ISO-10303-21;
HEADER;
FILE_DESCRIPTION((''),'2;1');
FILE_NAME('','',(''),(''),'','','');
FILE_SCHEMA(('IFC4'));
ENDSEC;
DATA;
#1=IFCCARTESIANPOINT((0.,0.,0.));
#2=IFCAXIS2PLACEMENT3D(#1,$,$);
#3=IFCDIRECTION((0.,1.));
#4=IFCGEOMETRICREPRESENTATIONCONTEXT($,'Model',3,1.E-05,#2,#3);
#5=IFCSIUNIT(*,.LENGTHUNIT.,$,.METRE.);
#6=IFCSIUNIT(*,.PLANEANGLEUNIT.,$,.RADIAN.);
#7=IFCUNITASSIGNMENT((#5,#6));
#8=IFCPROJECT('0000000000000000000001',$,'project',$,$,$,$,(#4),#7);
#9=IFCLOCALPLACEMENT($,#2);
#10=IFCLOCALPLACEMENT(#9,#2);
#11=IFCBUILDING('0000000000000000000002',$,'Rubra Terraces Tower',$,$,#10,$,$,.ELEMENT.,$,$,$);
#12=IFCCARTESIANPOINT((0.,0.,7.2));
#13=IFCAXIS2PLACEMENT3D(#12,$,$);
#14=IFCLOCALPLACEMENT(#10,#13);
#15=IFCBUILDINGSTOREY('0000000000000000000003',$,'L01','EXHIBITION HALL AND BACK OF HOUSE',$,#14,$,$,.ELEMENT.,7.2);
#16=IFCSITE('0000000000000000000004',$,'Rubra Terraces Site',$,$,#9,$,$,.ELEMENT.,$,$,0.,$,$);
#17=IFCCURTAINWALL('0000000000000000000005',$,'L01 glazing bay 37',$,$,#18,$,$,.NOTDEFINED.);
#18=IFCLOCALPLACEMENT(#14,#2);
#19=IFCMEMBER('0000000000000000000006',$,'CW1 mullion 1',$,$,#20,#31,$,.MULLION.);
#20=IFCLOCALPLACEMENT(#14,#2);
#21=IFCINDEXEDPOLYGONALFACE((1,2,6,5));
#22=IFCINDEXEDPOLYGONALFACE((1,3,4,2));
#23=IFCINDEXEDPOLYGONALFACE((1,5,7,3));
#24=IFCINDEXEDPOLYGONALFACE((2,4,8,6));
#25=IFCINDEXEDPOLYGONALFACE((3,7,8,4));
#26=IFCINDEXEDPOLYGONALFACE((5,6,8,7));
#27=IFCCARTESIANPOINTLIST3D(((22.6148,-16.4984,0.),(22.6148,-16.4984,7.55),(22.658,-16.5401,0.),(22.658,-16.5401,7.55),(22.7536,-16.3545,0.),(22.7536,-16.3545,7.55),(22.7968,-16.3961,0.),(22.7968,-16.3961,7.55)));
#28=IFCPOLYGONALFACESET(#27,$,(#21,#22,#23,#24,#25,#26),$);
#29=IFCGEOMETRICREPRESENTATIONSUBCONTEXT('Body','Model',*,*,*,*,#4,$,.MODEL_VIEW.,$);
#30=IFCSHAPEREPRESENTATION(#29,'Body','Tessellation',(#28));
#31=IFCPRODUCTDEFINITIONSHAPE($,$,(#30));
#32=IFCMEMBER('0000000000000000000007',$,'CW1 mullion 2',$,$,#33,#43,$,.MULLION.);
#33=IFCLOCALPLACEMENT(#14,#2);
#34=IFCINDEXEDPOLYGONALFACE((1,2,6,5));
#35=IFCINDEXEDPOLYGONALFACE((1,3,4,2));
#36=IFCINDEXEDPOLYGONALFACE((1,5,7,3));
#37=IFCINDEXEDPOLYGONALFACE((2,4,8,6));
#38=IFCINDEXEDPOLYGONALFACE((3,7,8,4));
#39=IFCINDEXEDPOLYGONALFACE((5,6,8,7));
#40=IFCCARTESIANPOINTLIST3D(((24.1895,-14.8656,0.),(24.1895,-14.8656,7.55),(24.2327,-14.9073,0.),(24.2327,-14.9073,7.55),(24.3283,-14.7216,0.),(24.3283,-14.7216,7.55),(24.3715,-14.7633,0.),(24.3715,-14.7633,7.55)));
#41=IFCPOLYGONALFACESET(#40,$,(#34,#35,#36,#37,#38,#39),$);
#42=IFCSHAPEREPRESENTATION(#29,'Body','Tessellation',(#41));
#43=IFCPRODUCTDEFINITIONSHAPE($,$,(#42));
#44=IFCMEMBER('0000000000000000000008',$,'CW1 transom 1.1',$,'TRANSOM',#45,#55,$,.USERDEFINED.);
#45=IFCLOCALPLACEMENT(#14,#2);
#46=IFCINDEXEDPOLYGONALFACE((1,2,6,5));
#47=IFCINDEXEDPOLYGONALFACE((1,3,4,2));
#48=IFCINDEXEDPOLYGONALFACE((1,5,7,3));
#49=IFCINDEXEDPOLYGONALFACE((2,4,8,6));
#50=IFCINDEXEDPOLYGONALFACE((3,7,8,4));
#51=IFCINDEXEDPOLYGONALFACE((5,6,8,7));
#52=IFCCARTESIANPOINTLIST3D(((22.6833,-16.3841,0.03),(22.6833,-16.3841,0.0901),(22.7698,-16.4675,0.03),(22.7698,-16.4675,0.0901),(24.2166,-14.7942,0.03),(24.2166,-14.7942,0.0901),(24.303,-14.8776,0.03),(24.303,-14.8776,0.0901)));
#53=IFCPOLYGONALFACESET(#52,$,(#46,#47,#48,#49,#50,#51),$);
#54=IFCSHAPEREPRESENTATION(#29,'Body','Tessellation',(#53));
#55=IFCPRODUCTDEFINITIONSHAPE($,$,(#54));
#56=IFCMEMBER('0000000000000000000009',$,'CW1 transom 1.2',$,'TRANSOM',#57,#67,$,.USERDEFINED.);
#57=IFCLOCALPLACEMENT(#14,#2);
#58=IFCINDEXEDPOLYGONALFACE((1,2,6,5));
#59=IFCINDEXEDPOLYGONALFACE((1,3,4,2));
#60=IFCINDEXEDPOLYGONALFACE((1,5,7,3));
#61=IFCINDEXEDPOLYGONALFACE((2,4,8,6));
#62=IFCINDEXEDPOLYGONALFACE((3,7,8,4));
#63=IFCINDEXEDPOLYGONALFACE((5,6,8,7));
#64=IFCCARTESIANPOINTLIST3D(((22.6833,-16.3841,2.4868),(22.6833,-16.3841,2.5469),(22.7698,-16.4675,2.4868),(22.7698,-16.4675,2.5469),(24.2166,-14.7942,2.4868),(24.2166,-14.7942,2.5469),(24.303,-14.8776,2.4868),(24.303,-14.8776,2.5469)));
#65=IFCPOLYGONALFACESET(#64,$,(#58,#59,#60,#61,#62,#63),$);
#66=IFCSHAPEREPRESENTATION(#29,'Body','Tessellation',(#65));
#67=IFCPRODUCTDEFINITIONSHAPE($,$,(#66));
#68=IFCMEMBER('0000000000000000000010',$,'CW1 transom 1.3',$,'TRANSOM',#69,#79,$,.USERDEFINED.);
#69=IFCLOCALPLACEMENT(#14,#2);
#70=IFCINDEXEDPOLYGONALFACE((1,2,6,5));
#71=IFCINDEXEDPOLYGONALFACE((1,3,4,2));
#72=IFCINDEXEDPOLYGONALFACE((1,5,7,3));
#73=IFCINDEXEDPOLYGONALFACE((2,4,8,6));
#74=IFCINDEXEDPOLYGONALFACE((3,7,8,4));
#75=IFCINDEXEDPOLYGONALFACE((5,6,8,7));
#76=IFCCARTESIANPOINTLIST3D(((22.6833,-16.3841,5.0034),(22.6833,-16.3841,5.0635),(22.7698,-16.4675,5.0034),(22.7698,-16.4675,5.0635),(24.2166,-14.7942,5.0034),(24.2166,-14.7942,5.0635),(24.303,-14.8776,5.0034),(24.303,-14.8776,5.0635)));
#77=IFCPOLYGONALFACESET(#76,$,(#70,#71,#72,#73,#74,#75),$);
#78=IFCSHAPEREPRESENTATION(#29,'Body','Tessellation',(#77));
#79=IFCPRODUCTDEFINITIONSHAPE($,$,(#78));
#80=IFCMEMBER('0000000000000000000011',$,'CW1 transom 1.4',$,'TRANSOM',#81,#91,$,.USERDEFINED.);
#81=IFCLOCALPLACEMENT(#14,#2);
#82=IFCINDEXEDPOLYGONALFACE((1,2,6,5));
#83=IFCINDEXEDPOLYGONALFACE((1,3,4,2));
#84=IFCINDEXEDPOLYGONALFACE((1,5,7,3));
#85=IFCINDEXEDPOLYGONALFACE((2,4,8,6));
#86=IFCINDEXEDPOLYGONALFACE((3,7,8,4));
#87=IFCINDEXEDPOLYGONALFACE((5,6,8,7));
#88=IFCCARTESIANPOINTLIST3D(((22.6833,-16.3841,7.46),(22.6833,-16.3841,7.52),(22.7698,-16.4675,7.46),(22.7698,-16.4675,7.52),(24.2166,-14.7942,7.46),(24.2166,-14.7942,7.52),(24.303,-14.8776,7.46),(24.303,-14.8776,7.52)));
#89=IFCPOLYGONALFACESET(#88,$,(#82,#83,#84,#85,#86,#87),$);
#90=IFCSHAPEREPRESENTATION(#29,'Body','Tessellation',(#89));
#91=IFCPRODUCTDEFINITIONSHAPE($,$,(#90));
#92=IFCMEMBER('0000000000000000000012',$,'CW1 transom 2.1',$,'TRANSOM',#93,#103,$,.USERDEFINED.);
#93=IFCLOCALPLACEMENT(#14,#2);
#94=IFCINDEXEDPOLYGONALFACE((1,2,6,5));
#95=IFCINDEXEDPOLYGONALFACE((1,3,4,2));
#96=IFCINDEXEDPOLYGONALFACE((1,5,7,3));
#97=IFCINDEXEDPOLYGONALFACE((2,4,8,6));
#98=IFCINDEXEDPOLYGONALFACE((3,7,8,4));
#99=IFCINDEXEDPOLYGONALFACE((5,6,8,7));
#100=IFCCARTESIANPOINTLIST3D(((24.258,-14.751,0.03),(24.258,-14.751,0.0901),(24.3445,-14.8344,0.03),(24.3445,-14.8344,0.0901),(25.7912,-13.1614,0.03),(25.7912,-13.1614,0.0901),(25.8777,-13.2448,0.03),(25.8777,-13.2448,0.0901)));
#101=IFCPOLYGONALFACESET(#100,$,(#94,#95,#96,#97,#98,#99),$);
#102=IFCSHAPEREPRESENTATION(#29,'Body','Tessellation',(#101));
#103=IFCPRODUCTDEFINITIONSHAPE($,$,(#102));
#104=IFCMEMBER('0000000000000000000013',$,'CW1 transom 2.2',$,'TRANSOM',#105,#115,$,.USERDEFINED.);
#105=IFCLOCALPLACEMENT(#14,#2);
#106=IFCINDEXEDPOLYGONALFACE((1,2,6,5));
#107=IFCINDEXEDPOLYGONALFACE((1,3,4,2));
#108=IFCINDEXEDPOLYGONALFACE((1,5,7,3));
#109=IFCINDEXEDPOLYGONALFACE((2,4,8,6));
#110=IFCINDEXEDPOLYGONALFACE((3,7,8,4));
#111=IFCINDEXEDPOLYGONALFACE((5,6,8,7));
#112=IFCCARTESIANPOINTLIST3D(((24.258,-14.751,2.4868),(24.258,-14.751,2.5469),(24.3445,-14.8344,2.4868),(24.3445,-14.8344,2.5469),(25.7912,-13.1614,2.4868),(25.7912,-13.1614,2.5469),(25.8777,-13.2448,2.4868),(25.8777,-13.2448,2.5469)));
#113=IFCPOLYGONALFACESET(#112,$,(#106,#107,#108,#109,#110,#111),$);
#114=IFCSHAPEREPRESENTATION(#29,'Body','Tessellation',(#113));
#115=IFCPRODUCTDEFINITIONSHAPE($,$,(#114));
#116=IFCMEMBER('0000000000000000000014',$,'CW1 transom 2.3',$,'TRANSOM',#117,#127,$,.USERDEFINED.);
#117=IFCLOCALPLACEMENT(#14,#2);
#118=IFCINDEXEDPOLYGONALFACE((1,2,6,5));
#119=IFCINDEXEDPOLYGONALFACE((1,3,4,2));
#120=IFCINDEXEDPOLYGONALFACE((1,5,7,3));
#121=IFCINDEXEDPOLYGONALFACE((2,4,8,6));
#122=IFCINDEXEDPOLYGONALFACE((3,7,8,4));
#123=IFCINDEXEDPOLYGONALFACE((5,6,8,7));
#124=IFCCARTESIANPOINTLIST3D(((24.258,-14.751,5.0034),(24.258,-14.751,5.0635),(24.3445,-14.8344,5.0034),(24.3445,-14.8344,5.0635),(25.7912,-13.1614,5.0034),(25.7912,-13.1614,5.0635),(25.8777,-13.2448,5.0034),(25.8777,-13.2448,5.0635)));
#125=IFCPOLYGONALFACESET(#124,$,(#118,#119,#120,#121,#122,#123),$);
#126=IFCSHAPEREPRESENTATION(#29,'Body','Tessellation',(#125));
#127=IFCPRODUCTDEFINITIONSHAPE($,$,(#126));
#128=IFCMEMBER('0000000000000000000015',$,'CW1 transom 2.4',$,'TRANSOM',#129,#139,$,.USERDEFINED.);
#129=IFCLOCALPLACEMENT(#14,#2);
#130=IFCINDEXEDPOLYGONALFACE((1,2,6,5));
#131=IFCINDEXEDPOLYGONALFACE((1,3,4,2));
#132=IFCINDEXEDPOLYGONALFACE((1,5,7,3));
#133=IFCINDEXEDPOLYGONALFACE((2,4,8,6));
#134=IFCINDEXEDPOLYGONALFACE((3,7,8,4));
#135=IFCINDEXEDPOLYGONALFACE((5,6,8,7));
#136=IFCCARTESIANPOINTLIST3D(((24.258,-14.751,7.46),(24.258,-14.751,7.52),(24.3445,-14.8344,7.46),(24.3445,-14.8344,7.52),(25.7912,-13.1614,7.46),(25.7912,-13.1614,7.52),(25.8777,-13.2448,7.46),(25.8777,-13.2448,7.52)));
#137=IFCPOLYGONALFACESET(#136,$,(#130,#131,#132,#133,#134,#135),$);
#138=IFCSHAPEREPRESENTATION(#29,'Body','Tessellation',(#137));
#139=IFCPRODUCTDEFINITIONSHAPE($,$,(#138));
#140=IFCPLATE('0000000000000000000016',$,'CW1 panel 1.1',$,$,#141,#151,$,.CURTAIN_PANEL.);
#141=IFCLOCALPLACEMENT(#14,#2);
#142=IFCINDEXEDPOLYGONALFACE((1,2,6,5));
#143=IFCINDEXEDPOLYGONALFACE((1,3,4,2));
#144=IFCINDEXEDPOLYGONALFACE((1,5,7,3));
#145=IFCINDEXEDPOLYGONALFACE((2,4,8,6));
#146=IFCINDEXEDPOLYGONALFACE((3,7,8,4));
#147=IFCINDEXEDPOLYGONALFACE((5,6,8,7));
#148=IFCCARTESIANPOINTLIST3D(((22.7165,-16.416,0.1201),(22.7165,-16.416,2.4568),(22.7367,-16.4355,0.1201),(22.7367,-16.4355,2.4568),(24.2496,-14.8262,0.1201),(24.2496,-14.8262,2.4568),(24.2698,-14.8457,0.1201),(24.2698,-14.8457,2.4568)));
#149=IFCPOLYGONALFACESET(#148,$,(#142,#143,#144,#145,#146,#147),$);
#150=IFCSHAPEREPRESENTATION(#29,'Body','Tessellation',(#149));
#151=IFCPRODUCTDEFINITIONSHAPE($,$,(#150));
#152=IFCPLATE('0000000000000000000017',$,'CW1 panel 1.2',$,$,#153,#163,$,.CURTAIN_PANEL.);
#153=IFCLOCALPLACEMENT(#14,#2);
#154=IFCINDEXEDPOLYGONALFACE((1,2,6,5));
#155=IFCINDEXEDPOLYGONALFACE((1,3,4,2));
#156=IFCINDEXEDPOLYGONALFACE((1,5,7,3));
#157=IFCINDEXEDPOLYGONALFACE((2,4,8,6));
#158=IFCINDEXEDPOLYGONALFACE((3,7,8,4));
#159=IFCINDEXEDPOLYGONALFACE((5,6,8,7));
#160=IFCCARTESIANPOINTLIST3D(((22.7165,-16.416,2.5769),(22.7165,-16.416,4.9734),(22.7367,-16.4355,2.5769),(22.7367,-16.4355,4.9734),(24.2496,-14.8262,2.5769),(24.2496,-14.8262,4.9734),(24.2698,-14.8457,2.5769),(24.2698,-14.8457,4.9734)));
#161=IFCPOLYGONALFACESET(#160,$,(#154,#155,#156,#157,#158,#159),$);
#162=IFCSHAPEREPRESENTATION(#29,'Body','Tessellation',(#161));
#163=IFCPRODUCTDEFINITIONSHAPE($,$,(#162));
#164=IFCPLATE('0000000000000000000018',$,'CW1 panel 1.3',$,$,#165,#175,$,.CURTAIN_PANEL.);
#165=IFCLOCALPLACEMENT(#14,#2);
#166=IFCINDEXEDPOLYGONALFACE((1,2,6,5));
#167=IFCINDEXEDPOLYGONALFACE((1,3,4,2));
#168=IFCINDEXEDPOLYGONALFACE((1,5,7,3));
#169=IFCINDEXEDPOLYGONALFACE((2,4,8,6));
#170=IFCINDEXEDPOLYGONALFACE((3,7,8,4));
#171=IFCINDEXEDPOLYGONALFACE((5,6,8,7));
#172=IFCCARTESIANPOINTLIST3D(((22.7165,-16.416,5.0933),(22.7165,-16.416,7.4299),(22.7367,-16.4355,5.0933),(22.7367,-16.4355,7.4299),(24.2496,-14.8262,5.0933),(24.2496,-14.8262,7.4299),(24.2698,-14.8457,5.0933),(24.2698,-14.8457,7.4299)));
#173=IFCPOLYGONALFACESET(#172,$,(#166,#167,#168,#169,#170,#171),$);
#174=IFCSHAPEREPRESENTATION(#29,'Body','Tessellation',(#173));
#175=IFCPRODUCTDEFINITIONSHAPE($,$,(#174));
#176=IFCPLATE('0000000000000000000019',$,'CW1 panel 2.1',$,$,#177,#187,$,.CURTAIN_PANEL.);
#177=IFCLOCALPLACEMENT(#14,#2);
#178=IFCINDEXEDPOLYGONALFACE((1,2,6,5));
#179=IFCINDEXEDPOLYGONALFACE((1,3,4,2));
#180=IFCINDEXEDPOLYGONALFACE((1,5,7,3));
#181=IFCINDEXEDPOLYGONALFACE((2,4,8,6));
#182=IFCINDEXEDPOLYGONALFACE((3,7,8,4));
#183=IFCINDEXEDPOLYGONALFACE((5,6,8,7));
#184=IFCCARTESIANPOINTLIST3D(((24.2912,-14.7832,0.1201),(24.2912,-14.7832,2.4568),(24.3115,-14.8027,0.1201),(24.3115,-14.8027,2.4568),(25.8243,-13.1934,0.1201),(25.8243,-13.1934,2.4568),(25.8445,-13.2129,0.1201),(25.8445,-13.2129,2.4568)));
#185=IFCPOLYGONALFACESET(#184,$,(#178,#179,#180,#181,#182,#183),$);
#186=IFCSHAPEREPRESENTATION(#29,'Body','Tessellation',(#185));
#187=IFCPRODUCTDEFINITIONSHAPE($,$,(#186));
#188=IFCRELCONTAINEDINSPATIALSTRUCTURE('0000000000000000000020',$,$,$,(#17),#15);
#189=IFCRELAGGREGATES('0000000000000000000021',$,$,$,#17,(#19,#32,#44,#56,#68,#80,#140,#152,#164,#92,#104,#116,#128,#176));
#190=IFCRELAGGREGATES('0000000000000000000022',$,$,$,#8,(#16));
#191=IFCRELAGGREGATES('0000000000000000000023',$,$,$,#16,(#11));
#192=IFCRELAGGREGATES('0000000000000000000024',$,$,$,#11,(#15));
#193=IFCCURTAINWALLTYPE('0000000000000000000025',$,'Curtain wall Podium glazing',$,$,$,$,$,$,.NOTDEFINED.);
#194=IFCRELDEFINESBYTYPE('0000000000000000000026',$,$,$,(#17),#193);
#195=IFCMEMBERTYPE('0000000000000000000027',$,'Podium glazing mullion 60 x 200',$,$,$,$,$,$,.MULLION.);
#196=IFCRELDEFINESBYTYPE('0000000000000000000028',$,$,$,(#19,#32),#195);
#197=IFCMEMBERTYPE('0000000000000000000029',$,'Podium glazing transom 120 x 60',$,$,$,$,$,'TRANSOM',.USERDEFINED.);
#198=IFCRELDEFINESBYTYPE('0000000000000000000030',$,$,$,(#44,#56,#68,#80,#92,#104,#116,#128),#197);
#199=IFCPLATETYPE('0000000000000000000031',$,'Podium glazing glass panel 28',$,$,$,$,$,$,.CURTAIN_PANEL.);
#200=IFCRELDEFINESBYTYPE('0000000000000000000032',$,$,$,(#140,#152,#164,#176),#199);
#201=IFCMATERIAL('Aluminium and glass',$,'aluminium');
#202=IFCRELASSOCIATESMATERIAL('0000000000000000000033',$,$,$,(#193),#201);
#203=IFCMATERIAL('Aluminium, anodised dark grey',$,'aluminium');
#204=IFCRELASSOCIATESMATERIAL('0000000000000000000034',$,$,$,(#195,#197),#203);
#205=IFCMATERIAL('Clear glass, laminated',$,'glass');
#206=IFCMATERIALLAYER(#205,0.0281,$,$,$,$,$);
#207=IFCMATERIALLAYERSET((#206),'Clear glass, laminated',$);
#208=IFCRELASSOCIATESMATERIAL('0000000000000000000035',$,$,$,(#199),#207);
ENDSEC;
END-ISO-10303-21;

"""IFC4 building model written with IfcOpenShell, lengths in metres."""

from ifc_helpers import new_model, si_unit, direction, frame, origin, origin_2d, place, context, subcontext, project, spatial, rectangle, extrude, material, layer, layer_set, material_profile, profile_set, type_object, element, aggregate, save


model = new_model("IFC4")

# Units and contexts
model_context = context("Model", 3, precision=1e-05, world=origin(), true_north=direction((0.0, 1.0)))
body_context = subcontext(model_context, "Body", "Model", "MODEL_VIEW")
ifc_project = project(units=[si_unit("LENGTHUNIT", "METRE"), si_unit("PLANEANGLEUNIT", "RADIAN")], contexts=[model_context])

# Site, building, storey
site_placement = place(None, origin())
site = spatial("IfcSite", under=ifc_project, at=site_placement, Name="Rubra Terraces Site", CompositionType="ELEMENT", RefElevation=0.0)
building_placement = place(site_placement, origin())
building = spatial("IfcBuilding", under=site, at=building_placement, Name="Rubra Terraces Tower", CompositionType="ELEMENT")
storey_placement = place(building_placement, frame((0.0, 0.0, 7.2)))
storey = spatial("IfcBuildingStorey", under=building, at=storey_placement, Name="L01", Description="EXHIBITION HALL AND BACK OF HOUSE", CompositionType="ELEMENT", Elevation=7.2)

# Curtain wall, members, plates
ifc_material_1 = material(Name="Aluminium and glass", Category="aluminium")
curtain_wall_type = type_object("IfcCurtainWallType", Name="Curtain wall Podium glazing", PredefinedType="NOTDEFINED", material=ifc_material_1)
curtain_wall_placement = place(storey_placement, origin())
curtain_wall = element("IfcCurtainWall", 1, at=curtain_wall_placement, inside=storey, type_object=curtain_wall_type, Name="L01 glazing bay 37", PredefinedType="NOTDEFINED")
ifc_material_2 = material(Name="Aluminium, anodised dark grey", Category="aluminium")
ifc_material_profile_1 = material_profile(ifc_material_2, rectangle(XDim=0.0601, YDim=0.2, at=origin_2d()), Name="AL 60x200")
ifc_profile_set_1 = profile_set([ifc_material_profile_1], Name="Aluminium, anodised dark grey")
member_type_1 = type_object("IfcMemberType", Name="Podium glazing mullion 60 x 200", PredefinedType="MULLION", material=ifc_profile_set_1)
member_1_placement = place(storey_placement, frame((22.7058, -16.4473, 0.0), z_axis=(0.0, 0.0, 1.0), x_axis=(-0.719825, 0.694156, 0.0)))
member_1 = element("IfcMember", 2, at=member_1_placement, type_object=member_type_1, Name="CW1 mullion 1", PredefinedType="MULLION", context=body_context, shape_type="SweptSolid", body=[
    extrude(rectangle(XDim=0.0601, YDim=0.2, at=origin_2d()), origin(), (0.0, 0.0, 1.0), 7.55),
])
member_2_placement = place(storey_placement, frame((24.2805, -14.8145, 0.0), z_axis=(0.0, 0.0, 1.0), x_axis=(-0.719825, 0.694156, 0.0)))
member_2 = element("IfcMember", 3, at=member_2_placement, type_object=member_type_1, Name="CW1 mullion 2", PredefinedType="MULLION", context=body_context, shape_type="SweptSolid", body=[
    extrude(rectangle(XDim=0.0601, YDim=0.2, at=origin_2d()), origin(), (0.0, 0.0, 1.0), 7.55),
])
ifc_material_profile_2 = material_profile(ifc_material_2, rectangle(XDim=0.1201, YDim=0.0601, at=origin_2d()), Name="AL 120x60")
ifc_profile_set_2 = profile_set([ifc_material_profile_2], Name="Aluminium, anodised dark grey")
member_type_2 = type_object("IfcMemberType", Name="Podium glazing transom 120 x 60", ElementType="TRANSOM", PredefinedType="USERDEFINED", material=ifc_profile_set_2)
member_3_placement = place(storey_placement, frame((22.7266, -16.4258, 0.0601), z_axis=(0.694168, 0.719813, 0.0), x_axis=(-0.719813, 0.694168, 0.0)))
member_3 = element("IfcMember", 4, at=member_3_placement, type_object=member_type_2, Name="CW1 transom 1.1", ObjectType="TRANSOM", PredefinedType="USERDEFINED", context=body_context, shape_type="SweptSolid", body=[
    extrude(rectangle(XDim=0.1201, YDim=0.0601, at=origin_2d()), origin(), (0.0, 0.0, 1.0), 2.2087),
])
member_4_placement = place(storey_placement, frame((22.7266, -16.4258, 2.5168), z_axis=(0.694168, 0.719813, 0.0), x_axis=(-0.719813, 0.694168, 0.0)))
member_4 = element("IfcMember", 5, at=member_4_placement, type_object=member_type_2, Name="CW1 transom 1.2", ObjectType="TRANSOM", PredefinedType="USERDEFINED", context=body_context, shape_type="SweptSolid", body=[
    extrude(rectangle(XDim=0.1201, YDim=0.0601, at=origin_2d()), origin(), (0.0, 0.0, 1.0), 2.2087),
])
member_5_placement = place(storey_placement, frame((22.7266, -16.4258, 5.0334), z_axis=(0.694168, 0.719813, 0.0), x_axis=(-0.719813, 0.694168, 0.0)))
member_5 = element("IfcMember", 6, at=member_5_placement, type_object=member_type_2, Name="CW1 transom 1.3", ObjectType="TRANSOM", PredefinedType="USERDEFINED", context=body_context, shape_type="SweptSolid", body=[
    extrude(rectangle(XDim=0.1201, YDim=0.0601, at=origin_2d()), origin(), (0.0, 0.0, 1.0), 2.2087),
])
member_6_placement = place(storey_placement, frame((22.7266, -16.4258, 7.49), z_axis=(0.694168, 0.719813, 0.0), x_axis=(-0.719813, 0.694168, 0.0)))
member_6 = element("IfcMember", 7, at=member_6_placement, type_object=member_type_2, Name="CW1 transom 1.4", ObjectType="TRANSOM", PredefinedType="USERDEFINED", context=body_context, shape_type="SweptSolid", body=[
    extrude(rectangle(XDim=0.1201, YDim=0.0601, at=origin_2d()), origin(), (0.0, 0.0, 1.0), 2.2087),
])
member_7_placement = place(storey_placement, frame((24.3013, -14.7927, 0.0601), z_axis=(0.694224, 0.719759, 0.0), x_axis=(-0.719759, 0.694224, 0.0)))
member_7 = element("IfcMember", 8, at=member_7_placement, type_object=member_type_2, Name="CW1 transom 2.1", ObjectType="TRANSOM", PredefinedType="USERDEFINED", context=body_context, shape_type="SweptSolid", body=[
    extrude(rectangle(XDim=0.1201, YDim=0.0601, at=origin_2d()), origin(), (0.0, 0.0, 1.0), 2.2085),
])
member_8_placement = place(storey_placement, frame((24.3013, -14.7927, 2.5168), z_axis=(0.694224, 0.719759, 0.0), x_axis=(-0.719759, 0.694224, 0.0)))
member_8 = element("IfcMember", 9, at=member_8_placement, type_object=member_type_2, Name="CW1 transom 2.2", ObjectType="TRANSOM", PredefinedType="USERDEFINED", context=body_context, shape_type="SweptSolid", body=[
    extrude(rectangle(XDim=0.1201, YDim=0.0601, at=origin_2d()), origin(), (0.0, 0.0, 1.0), 2.2085),
])
member_9_placement = place(storey_placement, frame((24.3013, -14.7927, 5.0334), z_axis=(0.694224, 0.719759, 0.0), x_axis=(-0.719759, 0.694224, 0.0)))
member_9 = element("IfcMember", 10, at=member_9_placement, type_object=member_type_2, Name="CW1 transom 2.3", ObjectType="TRANSOM", PredefinedType="USERDEFINED", context=body_context, shape_type="SweptSolid", body=[
    extrude(rectangle(XDim=0.1201, YDim=0.0601, at=origin_2d()), origin(), (0.0, 0.0, 1.0), 2.2085),
])
member_10_placement = place(storey_placement, frame((24.3013, -14.7927, 7.49), z_axis=(0.694224, 0.719759, 0.0), x_axis=(-0.719759, 0.694224, 0.0)))
member_10 = element("IfcMember", 11, at=member_10_placement, type_object=member_type_2, Name="CW1 transom 2.4", ObjectType="TRANSOM", PredefinedType="USERDEFINED", context=body_context, shape_type="SweptSolid", body=[
    extrude(rectangle(XDim=0.1201, YDim=0.0601, at=origin_2d()), origin(), (0.0, 0.0, 1.0), 2.2085),
])
ifc_material_3 = material(Name="Clear glass, laminated", Category="glass")
ifc_layer_1 = layer(ifc_material_3, 0.0281)
ifc_layer_set_1 = layer_set([ifc_layer_1], Name="Clear glass, laminated")
plate_type = type_object("IfcPlateType", Name="Podium glazing glass panel 28", PredefinedType="CURTAIN_PANEL", material=ifc_layer_set_1)
plate_1_placement = place(storey_placement, frame((23.4932, -15.6309, 0.1201), z_axis=(0.0, 0.0, 1.0), x_axis=(0.694156, 0.719825, 0.0)))
plate_1 = element("IfcPlate", 12, at=plate_1_placement, type_object=plate_type, Name="CW1 panel 1.1", PredefinedType="CURTAIN_PANEL", context=body_context, shape_type="SweptSolid", body=[
    extrude(rectangle(XDim=2.2085, YDim=0.0281, at=origin_2d()), origin(), (0.0, 0.0, 1.0), 2.3367),
])
plate_2_placement = place(storey_placement, frame((23.4932, -15.6309, 2.5769), z_axis=(0.0, 0.0, 1.0), x_axis=(0.694156, 0.719825, 0.0)))
plate_2 = element("IfcPlate", 13, at=plate_2_placement, type_object=plate_type, Name="CW1 panel 1.2", PredefinedType="CURTAIN_PANEL", context=body_context, shape_type="SweptSolid", body=[
    extrude(rectangle(XDim=2.2085, YDim=0.0281, at=origin_2d()), origin(), (0.0, 0.0, 1.0), 2.3965),
])
plate_3_placement = place(storey_placement, frame((23.4932, -15.6309, 5.0933), z_axis=(0.0, 0.0, 1.0), x_axis=(0.694156, 0.719825, 0.0)))
plate_3 = element("IfcPlate", 14, at=plate_3_placement, type_object=plate_type, Name="CW1 panel 1.3", PredefinedType="CURTAIN_PANEL", context=body_context, shape_type="SweptSolid", body=[
    extrude(rectangle(XDim=2.2085, YDim=0.0281, at=origin_2d()), origin(), (0.0, 0.0, 1.0), 2.3367),
])
plate_4_placement = place(storey_placement, frame((25.0679, -13.998, 0.1201), z_axis=(0.0, 0.0, 1.0), x_axis=(0.694156, 0.719825, 0.0)))
plate_4 = element("IfcPlate", 15, at=plate_4_placement, type_object=plate_type, Name="CW1 panel 2.1", PredefinedType="CURTAIN_PANEL", context=body_context, shape_type="SweptSolid", body=[
    extrude(rectangle(XDim=2.2085, YDim=0.0281, at=origin_2d()), origin(), (0.0, 0.0, 1.0), 2.3367),
])
aggregate(curtain_wall, [member_1, member_2, member_3, member_4, member_5, member_6, plate_1, plate_2, plate_3, member_7, member_8, member_9, member_10, plate_4])

save(model, "model.ifc")
